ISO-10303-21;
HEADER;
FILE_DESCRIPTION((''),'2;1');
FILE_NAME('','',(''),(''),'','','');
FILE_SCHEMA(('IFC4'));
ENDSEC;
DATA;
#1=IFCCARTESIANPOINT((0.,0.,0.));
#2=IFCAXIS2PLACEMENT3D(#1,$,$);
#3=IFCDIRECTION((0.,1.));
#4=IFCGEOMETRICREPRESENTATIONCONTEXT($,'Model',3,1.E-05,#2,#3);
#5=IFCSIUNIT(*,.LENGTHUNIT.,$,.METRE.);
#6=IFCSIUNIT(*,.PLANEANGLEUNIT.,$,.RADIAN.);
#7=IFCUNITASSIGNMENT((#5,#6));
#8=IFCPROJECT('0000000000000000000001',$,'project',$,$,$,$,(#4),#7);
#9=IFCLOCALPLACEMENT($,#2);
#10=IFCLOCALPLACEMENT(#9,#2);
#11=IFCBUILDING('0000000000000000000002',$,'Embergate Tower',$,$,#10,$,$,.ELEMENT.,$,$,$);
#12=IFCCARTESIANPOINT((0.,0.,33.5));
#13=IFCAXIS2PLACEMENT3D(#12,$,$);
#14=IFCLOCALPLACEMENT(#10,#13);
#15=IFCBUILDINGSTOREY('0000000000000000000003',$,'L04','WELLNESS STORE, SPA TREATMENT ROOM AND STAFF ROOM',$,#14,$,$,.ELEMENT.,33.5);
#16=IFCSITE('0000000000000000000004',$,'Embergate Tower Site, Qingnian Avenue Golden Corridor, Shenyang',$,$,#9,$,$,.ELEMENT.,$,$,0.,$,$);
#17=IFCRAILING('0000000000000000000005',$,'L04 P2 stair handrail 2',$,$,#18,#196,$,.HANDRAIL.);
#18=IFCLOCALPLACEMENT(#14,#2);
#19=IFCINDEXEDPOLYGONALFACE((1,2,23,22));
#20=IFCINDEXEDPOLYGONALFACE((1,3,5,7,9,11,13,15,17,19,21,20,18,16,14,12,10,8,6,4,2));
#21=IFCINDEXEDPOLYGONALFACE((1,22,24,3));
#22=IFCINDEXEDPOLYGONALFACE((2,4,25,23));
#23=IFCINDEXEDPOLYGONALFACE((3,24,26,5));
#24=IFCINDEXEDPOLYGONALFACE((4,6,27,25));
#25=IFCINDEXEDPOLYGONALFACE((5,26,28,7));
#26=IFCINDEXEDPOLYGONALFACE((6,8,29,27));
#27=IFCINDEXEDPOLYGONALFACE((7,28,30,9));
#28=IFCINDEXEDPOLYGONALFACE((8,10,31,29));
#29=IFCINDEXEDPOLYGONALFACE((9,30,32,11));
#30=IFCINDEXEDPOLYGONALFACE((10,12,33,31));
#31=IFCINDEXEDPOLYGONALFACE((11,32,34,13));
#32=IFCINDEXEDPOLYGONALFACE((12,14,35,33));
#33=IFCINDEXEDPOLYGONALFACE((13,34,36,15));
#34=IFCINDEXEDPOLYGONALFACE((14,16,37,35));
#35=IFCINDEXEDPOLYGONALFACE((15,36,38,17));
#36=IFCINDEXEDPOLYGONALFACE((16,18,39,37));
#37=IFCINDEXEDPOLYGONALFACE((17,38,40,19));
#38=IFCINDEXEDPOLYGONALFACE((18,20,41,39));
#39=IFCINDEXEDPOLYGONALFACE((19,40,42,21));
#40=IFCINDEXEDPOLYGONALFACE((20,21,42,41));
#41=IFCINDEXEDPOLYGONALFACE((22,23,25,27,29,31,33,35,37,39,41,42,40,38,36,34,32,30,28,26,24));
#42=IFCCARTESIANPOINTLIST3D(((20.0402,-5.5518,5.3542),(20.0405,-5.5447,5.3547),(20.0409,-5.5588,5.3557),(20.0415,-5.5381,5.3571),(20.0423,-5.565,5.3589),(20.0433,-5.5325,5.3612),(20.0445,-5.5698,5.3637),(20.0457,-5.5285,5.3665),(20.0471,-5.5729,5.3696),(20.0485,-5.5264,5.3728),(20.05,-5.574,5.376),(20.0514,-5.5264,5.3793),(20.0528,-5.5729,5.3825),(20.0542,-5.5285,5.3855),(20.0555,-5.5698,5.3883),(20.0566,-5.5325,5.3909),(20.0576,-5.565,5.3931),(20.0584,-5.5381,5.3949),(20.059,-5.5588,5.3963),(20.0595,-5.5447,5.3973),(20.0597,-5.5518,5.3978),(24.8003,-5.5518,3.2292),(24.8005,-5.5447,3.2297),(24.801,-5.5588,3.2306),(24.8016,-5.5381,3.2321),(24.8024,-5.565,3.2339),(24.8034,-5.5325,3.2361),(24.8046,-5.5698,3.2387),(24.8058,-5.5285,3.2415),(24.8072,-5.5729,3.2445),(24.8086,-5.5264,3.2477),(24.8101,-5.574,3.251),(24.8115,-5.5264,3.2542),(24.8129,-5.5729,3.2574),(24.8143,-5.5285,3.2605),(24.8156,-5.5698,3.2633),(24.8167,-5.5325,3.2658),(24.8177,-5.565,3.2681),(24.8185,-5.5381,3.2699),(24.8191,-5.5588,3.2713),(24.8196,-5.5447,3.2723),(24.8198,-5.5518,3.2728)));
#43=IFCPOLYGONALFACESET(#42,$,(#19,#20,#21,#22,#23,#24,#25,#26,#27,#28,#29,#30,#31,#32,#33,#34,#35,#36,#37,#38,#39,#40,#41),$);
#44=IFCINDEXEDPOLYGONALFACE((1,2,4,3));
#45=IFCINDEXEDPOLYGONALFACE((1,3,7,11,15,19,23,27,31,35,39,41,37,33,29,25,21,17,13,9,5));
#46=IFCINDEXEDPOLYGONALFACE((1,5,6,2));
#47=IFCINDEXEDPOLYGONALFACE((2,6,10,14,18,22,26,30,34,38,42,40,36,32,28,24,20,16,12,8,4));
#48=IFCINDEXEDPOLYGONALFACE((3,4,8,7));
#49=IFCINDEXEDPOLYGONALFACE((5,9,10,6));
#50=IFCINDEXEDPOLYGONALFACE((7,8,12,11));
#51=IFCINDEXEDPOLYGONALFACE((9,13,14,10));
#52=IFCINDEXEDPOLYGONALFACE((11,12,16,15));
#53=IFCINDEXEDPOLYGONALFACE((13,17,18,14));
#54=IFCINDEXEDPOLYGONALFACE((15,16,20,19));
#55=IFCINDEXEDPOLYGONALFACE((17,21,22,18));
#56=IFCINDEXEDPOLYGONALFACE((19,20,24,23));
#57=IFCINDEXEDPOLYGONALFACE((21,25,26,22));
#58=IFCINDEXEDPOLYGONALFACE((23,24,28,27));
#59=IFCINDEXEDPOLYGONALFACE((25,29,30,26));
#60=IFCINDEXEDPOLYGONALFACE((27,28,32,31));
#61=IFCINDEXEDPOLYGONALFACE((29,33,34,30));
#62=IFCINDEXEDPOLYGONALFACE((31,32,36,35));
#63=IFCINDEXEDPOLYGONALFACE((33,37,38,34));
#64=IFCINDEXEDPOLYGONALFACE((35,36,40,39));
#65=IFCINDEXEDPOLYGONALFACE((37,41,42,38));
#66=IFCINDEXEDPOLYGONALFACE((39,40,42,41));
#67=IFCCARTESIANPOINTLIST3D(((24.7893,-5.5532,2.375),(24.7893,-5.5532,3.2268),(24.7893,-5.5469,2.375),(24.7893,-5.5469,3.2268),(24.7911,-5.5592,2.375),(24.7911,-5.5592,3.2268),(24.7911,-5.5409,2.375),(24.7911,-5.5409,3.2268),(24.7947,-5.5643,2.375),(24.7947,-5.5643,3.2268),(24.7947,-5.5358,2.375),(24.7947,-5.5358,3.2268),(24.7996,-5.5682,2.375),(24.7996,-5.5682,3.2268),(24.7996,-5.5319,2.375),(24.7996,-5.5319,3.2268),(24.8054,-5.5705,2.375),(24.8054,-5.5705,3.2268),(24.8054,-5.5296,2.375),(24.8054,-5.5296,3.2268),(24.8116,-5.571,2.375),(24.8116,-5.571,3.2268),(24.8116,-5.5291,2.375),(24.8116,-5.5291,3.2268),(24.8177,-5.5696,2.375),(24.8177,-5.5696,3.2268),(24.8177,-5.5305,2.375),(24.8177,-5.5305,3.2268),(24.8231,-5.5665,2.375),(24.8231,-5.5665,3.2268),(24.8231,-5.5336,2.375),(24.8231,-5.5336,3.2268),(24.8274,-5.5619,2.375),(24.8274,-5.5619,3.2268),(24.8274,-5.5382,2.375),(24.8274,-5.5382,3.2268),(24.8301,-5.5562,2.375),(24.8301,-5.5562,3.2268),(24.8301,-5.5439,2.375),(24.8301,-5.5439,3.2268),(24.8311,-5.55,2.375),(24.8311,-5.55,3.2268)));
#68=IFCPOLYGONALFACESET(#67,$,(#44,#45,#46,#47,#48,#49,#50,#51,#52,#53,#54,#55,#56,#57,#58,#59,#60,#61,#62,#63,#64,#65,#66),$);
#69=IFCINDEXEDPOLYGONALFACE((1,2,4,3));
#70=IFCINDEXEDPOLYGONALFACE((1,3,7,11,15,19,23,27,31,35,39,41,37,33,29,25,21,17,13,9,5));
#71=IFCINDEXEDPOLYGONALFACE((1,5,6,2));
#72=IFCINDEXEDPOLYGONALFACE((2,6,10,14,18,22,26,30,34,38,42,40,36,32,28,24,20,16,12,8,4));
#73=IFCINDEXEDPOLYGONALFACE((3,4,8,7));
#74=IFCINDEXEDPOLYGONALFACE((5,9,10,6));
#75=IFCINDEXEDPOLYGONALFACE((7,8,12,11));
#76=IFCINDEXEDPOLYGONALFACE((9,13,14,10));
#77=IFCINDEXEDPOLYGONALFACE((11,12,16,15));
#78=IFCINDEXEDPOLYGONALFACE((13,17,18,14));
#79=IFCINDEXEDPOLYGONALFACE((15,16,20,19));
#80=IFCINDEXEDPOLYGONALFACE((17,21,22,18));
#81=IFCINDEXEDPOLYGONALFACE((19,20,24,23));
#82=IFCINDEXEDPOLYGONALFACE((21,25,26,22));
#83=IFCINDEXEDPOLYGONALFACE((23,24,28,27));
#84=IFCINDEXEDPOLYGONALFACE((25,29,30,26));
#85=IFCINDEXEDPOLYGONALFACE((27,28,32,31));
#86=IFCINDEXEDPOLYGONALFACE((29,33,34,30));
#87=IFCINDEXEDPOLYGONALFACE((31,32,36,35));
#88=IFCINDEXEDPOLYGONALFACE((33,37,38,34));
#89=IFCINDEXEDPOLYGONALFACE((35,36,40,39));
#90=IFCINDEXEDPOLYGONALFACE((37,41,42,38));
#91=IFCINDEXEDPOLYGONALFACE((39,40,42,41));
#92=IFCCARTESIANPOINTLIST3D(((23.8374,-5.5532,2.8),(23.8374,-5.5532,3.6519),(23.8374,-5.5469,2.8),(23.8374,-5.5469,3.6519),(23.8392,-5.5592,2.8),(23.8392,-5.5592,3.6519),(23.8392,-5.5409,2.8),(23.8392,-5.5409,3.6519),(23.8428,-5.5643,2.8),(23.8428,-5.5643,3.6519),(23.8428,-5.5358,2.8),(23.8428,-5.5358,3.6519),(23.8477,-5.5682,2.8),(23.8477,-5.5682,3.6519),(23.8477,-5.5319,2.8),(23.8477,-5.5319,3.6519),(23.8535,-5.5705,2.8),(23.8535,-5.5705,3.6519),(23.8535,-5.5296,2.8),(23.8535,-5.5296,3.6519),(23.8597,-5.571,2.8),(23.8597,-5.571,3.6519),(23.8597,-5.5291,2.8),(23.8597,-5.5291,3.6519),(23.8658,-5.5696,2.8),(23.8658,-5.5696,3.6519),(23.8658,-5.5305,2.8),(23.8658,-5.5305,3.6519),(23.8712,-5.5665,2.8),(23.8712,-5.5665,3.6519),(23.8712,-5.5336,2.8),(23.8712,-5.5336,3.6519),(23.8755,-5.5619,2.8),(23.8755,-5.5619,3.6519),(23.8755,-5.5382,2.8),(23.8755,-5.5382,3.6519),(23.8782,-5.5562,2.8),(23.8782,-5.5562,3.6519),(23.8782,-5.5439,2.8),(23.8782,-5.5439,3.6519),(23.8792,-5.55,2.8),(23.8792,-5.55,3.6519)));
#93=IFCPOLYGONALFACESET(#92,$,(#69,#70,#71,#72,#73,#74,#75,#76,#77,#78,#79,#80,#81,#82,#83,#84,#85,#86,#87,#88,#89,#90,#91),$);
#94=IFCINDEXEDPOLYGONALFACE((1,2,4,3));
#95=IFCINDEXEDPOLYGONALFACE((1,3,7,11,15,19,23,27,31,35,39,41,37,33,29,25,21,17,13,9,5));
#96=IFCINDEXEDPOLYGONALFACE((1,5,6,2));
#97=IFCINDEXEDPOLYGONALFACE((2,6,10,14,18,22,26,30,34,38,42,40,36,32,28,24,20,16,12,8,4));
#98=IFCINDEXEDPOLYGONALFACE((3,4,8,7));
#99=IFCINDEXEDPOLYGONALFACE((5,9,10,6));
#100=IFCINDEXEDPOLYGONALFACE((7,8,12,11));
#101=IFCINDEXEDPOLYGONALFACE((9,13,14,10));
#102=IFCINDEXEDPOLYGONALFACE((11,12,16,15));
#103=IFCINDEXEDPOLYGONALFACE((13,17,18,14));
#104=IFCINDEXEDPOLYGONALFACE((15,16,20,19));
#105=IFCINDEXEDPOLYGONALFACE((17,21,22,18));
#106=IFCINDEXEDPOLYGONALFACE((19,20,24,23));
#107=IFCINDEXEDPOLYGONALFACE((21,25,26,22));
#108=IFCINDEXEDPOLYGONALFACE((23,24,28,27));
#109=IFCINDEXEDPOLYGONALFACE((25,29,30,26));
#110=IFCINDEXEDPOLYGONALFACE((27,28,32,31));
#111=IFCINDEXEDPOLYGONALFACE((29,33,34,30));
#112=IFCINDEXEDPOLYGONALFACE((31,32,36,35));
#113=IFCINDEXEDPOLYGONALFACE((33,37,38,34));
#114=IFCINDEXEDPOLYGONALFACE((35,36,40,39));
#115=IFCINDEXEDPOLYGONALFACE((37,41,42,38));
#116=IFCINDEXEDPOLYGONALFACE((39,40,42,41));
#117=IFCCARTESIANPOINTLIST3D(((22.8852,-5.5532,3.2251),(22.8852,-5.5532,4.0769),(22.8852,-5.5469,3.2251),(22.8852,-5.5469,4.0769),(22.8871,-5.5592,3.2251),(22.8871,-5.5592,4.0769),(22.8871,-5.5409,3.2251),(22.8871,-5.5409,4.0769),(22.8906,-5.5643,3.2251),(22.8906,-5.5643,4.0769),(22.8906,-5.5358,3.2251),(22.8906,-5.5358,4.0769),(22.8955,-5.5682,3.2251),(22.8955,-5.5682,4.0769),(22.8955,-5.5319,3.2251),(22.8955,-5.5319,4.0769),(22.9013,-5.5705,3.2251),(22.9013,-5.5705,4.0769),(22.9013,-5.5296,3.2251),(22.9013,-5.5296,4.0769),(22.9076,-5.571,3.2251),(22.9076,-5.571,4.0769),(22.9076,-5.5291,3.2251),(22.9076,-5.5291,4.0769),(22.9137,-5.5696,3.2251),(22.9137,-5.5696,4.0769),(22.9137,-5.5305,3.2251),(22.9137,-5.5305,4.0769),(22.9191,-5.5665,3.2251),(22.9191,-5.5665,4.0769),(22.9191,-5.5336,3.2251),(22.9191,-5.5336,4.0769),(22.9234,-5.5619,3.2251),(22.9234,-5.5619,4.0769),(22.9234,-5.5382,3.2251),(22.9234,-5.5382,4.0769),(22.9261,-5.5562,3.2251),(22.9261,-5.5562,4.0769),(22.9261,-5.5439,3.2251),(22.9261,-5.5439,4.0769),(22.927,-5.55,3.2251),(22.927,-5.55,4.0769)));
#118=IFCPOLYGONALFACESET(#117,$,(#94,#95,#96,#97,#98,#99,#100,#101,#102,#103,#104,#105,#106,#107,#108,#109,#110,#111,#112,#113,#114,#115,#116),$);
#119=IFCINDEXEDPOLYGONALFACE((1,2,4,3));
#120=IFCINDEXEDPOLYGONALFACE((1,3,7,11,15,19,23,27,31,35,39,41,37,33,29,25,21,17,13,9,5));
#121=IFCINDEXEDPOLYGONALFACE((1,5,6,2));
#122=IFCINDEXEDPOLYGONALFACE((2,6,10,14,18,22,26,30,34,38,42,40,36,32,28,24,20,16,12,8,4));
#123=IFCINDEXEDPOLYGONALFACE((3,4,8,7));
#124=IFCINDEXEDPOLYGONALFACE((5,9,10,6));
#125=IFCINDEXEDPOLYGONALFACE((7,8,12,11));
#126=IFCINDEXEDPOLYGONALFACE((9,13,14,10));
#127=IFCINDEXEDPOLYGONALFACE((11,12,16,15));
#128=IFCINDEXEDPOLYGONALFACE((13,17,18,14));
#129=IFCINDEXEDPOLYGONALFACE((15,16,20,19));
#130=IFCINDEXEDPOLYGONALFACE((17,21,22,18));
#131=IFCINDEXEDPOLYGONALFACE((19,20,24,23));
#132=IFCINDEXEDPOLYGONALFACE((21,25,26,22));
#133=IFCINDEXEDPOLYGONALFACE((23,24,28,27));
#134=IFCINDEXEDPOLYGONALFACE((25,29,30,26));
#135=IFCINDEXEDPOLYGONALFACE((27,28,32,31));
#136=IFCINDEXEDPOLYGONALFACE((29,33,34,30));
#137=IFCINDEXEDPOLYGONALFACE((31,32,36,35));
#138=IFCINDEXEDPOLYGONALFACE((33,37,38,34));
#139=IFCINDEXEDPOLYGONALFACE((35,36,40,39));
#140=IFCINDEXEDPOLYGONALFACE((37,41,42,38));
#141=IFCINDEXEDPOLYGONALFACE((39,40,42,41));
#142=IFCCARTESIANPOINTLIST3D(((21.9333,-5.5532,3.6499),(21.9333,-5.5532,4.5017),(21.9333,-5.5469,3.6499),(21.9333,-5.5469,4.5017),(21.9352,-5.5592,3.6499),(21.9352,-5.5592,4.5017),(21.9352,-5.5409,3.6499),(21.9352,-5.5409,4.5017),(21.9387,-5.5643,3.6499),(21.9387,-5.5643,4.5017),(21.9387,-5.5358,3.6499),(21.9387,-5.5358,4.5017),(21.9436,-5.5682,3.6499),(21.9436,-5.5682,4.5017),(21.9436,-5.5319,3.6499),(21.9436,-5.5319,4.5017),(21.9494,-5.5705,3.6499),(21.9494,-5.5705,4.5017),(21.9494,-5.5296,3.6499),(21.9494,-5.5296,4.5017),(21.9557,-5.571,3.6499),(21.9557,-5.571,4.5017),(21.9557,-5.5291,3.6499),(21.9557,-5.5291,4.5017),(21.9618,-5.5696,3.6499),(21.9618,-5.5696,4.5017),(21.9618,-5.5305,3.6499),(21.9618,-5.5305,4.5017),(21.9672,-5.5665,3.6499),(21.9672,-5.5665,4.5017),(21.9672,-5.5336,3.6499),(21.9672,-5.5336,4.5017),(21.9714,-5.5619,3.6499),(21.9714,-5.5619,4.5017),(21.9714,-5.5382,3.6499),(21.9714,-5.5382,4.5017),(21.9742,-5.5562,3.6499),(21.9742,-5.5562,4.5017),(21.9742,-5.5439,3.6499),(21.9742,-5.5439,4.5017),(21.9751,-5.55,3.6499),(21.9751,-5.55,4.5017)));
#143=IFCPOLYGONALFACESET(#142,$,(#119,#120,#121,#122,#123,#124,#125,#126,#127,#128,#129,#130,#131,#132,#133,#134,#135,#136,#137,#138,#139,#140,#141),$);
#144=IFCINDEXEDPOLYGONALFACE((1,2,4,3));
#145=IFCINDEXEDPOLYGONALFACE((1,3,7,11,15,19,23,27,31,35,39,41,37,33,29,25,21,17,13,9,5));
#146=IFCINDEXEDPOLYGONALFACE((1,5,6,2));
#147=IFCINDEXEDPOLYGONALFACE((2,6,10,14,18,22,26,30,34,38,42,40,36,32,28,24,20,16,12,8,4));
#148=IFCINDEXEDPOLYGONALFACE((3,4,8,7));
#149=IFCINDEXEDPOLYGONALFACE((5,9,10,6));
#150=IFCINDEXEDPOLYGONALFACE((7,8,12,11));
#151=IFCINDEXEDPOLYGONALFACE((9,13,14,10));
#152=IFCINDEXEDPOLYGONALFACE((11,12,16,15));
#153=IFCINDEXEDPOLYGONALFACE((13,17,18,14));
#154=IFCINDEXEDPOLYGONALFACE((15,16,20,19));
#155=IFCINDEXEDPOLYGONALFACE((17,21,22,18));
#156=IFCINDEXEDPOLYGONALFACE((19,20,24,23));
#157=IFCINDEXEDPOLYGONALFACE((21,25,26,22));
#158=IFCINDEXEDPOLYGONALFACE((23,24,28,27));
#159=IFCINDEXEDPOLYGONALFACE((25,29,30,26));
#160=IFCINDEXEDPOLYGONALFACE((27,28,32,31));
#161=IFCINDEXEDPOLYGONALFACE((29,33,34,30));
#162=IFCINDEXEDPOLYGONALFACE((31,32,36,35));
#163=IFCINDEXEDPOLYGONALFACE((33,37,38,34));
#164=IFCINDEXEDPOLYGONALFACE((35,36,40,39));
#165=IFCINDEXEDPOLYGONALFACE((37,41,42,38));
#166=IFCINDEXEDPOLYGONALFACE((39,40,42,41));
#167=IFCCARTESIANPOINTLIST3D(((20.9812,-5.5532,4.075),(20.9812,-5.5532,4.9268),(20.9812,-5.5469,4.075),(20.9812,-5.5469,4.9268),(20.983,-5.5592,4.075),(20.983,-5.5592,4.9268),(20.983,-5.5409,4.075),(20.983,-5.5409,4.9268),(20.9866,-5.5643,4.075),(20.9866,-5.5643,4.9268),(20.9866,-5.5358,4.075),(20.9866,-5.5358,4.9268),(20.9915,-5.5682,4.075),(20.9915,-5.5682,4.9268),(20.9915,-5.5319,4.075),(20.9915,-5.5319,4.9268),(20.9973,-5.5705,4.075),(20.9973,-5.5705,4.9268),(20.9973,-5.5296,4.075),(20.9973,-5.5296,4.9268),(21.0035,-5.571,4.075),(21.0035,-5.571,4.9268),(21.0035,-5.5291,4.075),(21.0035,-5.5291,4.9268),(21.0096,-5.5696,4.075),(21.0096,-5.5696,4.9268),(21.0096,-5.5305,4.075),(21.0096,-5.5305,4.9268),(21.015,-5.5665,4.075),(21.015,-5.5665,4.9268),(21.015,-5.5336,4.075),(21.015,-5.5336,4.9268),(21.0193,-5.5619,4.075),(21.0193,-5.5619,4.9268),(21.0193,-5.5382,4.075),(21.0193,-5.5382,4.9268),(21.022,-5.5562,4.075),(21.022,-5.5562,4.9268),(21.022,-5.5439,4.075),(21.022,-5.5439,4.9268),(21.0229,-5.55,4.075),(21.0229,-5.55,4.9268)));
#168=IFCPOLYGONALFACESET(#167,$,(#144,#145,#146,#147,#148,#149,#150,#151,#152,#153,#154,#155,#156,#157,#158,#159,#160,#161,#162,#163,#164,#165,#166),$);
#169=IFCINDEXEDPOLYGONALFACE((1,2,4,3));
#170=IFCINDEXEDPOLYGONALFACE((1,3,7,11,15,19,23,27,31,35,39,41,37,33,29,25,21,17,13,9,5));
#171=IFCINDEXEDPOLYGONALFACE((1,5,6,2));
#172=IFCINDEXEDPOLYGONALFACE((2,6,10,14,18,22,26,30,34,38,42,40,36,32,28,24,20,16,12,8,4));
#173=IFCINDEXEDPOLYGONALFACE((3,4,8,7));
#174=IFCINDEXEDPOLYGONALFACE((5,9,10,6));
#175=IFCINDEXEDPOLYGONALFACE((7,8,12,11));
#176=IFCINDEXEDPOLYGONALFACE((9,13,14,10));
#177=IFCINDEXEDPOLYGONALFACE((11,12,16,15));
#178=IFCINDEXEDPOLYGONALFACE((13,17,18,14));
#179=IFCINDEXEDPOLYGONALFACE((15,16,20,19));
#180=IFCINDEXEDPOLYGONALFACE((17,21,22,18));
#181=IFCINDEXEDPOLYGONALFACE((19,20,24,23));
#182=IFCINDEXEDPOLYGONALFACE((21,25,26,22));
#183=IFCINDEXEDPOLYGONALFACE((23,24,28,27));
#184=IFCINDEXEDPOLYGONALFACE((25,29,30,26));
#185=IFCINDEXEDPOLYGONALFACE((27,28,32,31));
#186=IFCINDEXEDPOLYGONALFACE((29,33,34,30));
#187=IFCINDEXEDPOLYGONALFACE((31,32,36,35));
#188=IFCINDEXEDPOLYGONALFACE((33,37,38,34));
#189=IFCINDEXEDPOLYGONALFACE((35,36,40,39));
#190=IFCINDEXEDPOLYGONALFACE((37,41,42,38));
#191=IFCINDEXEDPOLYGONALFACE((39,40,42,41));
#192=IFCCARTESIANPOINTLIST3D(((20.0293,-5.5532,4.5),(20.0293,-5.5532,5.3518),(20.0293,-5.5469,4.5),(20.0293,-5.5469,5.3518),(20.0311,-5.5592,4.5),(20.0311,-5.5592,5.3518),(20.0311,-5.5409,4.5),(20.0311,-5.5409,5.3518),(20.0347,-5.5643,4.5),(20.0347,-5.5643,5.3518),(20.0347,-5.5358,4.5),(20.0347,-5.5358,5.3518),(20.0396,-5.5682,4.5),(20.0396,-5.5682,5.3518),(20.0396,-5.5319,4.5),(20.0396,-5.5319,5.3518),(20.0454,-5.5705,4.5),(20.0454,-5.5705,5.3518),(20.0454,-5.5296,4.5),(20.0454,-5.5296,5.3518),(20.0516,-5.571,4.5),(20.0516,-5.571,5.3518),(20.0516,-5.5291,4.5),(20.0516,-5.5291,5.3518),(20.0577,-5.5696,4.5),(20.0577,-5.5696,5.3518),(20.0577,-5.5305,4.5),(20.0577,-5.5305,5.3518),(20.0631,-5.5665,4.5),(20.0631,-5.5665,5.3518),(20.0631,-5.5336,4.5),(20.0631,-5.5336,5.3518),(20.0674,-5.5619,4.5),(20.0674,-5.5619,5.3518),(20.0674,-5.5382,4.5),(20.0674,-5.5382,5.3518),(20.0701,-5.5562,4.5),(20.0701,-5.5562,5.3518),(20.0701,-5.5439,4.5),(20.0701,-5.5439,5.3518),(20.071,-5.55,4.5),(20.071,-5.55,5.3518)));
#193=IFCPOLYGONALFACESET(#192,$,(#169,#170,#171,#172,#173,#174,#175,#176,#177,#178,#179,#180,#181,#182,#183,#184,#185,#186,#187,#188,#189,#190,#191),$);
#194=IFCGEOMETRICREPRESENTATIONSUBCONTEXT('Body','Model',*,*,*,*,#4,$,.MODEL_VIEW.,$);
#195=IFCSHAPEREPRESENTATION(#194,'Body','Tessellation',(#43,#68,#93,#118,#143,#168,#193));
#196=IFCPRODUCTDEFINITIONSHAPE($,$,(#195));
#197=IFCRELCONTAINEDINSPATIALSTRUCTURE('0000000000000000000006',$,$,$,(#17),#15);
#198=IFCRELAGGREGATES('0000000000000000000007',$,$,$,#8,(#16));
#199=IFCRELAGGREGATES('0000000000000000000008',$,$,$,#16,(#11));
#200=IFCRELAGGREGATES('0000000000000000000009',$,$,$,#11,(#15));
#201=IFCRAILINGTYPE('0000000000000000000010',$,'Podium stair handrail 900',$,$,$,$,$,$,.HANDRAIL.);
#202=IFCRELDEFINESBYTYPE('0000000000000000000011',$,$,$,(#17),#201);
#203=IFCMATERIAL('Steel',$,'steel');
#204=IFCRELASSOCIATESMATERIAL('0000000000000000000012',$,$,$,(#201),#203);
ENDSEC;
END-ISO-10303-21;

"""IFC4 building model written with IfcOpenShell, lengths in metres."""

from ifc_helpers import new_model, si_unit, direction, frame, origin, origin_2d, place, context, subcontext, project, spatial, circle, extrude, source, transform, mapped, material, type_object, element, save


model = new_model("IFC4")

# Units and contexts
model_context = context("Model", 3, precision=1e-05, world=origin(), true_north=direction((0.0, 1.0)))
body_context = subcontext(model_context, "Body", "Model", "MODEL_VIEW")
ifc_project = project(units=[si_unit("LENGTHUNIT", "METRE"), si_unit("PLANEANGLEUNIT", "RADIAN")], contexts=[model_context])

# Site, building, storey
site_placement = place(None, origin())
site = spatial("IfcSite", under=ifc_project, at=site_placement, Name="Embergate Tower Site, Qingnian Avenue Golden Corridor, Shenyang", CompositionType="ELEMENT", RefElevation=0.0)
building_placement = place(site_placement, origin())
building = spatial("IfcBuilding", under=site, at=building_placement, Name="Embergate Tower", CompositionType="ELEMENT")
storey_placement = place(building_placement, frame((0.0, 0.0, 33.5)))
storey = spatial("IfcBuildingStorey", under=building, at=storey_placement, Name="L04", Description="WELLNESS STORE, SPA TREATMENT ROOM AND STAFF ROOM", CompositionType="ELEMENT", Elevation=33.5)

# Railing
ifc_material_1 = material(Name="Steel", Category="steel")
railing_type_1 = type_object("IfcRailingType", Name="Podium stair handrail 900", PredefinedType="HANDRAIL", material=ifc_material_1)
shared_shape_1 = source(origin(), body_context, "Body", "SweptSolid", [
    extrude(circle(Radius=0.0239, at=origin_2d()), frame((0.0, 0.0, 0.876), z_axis=(-0.913138, 0.0, 0.40765), x_axis=(0.0, -1.0, 0.0)), (0.0, 0.0, 1.0), 5.2129),
    extrude(circle(Radius=0.021, at=origin_2d()), origin(), (0.0, 0.0, 1.0), 0.8518),
    extrude(circle(Radius=0.021, at=origin_2d()), frame((-0.9519, 0.0, 0.425)), (0.0, 0.0, 1.0), 0.8518),
    extrude(circle(Radius=0.021, at=origin_2d()), frame((-1.9041, 0.0, 0.8501)), (0.0, 0.0, 1.0), 0.8518),
    extrude(circle(Radius=0.021, at=origin_2d()), frame((-2.856, 0.0, 1.2749)), (0.0, 0.0, 1.0), 0.8518),
    extrude(circle(Radius=0.021, at=origin_2d()), frame((-3.8081, 0.0, 1.7)), (0.0, 0.0, 1.0), 0.8518),
    extrude(circle(Radius=0.021, at=origin_2d()), frame((-4.76, 0.0, 2.125)), (0.0, 0.0, 1.0), 0.8518),
])
railing_1_placement = place(storey_placement, frame((24.8101, -5.55, 2.375)))
element("IfcRailing", 1, at=railing_1_placement, inside=storey, type_object=railing_type_1, Name="L04 P2 stair handrail 2", PredefinedType="HANDRAIL", context=body_context, shape_type="MappedRepresentation", body=[
    mapped(shared_shape_1, transform((0.0, 0.0, 0.0))),
])

save(model, "model.ifc")
